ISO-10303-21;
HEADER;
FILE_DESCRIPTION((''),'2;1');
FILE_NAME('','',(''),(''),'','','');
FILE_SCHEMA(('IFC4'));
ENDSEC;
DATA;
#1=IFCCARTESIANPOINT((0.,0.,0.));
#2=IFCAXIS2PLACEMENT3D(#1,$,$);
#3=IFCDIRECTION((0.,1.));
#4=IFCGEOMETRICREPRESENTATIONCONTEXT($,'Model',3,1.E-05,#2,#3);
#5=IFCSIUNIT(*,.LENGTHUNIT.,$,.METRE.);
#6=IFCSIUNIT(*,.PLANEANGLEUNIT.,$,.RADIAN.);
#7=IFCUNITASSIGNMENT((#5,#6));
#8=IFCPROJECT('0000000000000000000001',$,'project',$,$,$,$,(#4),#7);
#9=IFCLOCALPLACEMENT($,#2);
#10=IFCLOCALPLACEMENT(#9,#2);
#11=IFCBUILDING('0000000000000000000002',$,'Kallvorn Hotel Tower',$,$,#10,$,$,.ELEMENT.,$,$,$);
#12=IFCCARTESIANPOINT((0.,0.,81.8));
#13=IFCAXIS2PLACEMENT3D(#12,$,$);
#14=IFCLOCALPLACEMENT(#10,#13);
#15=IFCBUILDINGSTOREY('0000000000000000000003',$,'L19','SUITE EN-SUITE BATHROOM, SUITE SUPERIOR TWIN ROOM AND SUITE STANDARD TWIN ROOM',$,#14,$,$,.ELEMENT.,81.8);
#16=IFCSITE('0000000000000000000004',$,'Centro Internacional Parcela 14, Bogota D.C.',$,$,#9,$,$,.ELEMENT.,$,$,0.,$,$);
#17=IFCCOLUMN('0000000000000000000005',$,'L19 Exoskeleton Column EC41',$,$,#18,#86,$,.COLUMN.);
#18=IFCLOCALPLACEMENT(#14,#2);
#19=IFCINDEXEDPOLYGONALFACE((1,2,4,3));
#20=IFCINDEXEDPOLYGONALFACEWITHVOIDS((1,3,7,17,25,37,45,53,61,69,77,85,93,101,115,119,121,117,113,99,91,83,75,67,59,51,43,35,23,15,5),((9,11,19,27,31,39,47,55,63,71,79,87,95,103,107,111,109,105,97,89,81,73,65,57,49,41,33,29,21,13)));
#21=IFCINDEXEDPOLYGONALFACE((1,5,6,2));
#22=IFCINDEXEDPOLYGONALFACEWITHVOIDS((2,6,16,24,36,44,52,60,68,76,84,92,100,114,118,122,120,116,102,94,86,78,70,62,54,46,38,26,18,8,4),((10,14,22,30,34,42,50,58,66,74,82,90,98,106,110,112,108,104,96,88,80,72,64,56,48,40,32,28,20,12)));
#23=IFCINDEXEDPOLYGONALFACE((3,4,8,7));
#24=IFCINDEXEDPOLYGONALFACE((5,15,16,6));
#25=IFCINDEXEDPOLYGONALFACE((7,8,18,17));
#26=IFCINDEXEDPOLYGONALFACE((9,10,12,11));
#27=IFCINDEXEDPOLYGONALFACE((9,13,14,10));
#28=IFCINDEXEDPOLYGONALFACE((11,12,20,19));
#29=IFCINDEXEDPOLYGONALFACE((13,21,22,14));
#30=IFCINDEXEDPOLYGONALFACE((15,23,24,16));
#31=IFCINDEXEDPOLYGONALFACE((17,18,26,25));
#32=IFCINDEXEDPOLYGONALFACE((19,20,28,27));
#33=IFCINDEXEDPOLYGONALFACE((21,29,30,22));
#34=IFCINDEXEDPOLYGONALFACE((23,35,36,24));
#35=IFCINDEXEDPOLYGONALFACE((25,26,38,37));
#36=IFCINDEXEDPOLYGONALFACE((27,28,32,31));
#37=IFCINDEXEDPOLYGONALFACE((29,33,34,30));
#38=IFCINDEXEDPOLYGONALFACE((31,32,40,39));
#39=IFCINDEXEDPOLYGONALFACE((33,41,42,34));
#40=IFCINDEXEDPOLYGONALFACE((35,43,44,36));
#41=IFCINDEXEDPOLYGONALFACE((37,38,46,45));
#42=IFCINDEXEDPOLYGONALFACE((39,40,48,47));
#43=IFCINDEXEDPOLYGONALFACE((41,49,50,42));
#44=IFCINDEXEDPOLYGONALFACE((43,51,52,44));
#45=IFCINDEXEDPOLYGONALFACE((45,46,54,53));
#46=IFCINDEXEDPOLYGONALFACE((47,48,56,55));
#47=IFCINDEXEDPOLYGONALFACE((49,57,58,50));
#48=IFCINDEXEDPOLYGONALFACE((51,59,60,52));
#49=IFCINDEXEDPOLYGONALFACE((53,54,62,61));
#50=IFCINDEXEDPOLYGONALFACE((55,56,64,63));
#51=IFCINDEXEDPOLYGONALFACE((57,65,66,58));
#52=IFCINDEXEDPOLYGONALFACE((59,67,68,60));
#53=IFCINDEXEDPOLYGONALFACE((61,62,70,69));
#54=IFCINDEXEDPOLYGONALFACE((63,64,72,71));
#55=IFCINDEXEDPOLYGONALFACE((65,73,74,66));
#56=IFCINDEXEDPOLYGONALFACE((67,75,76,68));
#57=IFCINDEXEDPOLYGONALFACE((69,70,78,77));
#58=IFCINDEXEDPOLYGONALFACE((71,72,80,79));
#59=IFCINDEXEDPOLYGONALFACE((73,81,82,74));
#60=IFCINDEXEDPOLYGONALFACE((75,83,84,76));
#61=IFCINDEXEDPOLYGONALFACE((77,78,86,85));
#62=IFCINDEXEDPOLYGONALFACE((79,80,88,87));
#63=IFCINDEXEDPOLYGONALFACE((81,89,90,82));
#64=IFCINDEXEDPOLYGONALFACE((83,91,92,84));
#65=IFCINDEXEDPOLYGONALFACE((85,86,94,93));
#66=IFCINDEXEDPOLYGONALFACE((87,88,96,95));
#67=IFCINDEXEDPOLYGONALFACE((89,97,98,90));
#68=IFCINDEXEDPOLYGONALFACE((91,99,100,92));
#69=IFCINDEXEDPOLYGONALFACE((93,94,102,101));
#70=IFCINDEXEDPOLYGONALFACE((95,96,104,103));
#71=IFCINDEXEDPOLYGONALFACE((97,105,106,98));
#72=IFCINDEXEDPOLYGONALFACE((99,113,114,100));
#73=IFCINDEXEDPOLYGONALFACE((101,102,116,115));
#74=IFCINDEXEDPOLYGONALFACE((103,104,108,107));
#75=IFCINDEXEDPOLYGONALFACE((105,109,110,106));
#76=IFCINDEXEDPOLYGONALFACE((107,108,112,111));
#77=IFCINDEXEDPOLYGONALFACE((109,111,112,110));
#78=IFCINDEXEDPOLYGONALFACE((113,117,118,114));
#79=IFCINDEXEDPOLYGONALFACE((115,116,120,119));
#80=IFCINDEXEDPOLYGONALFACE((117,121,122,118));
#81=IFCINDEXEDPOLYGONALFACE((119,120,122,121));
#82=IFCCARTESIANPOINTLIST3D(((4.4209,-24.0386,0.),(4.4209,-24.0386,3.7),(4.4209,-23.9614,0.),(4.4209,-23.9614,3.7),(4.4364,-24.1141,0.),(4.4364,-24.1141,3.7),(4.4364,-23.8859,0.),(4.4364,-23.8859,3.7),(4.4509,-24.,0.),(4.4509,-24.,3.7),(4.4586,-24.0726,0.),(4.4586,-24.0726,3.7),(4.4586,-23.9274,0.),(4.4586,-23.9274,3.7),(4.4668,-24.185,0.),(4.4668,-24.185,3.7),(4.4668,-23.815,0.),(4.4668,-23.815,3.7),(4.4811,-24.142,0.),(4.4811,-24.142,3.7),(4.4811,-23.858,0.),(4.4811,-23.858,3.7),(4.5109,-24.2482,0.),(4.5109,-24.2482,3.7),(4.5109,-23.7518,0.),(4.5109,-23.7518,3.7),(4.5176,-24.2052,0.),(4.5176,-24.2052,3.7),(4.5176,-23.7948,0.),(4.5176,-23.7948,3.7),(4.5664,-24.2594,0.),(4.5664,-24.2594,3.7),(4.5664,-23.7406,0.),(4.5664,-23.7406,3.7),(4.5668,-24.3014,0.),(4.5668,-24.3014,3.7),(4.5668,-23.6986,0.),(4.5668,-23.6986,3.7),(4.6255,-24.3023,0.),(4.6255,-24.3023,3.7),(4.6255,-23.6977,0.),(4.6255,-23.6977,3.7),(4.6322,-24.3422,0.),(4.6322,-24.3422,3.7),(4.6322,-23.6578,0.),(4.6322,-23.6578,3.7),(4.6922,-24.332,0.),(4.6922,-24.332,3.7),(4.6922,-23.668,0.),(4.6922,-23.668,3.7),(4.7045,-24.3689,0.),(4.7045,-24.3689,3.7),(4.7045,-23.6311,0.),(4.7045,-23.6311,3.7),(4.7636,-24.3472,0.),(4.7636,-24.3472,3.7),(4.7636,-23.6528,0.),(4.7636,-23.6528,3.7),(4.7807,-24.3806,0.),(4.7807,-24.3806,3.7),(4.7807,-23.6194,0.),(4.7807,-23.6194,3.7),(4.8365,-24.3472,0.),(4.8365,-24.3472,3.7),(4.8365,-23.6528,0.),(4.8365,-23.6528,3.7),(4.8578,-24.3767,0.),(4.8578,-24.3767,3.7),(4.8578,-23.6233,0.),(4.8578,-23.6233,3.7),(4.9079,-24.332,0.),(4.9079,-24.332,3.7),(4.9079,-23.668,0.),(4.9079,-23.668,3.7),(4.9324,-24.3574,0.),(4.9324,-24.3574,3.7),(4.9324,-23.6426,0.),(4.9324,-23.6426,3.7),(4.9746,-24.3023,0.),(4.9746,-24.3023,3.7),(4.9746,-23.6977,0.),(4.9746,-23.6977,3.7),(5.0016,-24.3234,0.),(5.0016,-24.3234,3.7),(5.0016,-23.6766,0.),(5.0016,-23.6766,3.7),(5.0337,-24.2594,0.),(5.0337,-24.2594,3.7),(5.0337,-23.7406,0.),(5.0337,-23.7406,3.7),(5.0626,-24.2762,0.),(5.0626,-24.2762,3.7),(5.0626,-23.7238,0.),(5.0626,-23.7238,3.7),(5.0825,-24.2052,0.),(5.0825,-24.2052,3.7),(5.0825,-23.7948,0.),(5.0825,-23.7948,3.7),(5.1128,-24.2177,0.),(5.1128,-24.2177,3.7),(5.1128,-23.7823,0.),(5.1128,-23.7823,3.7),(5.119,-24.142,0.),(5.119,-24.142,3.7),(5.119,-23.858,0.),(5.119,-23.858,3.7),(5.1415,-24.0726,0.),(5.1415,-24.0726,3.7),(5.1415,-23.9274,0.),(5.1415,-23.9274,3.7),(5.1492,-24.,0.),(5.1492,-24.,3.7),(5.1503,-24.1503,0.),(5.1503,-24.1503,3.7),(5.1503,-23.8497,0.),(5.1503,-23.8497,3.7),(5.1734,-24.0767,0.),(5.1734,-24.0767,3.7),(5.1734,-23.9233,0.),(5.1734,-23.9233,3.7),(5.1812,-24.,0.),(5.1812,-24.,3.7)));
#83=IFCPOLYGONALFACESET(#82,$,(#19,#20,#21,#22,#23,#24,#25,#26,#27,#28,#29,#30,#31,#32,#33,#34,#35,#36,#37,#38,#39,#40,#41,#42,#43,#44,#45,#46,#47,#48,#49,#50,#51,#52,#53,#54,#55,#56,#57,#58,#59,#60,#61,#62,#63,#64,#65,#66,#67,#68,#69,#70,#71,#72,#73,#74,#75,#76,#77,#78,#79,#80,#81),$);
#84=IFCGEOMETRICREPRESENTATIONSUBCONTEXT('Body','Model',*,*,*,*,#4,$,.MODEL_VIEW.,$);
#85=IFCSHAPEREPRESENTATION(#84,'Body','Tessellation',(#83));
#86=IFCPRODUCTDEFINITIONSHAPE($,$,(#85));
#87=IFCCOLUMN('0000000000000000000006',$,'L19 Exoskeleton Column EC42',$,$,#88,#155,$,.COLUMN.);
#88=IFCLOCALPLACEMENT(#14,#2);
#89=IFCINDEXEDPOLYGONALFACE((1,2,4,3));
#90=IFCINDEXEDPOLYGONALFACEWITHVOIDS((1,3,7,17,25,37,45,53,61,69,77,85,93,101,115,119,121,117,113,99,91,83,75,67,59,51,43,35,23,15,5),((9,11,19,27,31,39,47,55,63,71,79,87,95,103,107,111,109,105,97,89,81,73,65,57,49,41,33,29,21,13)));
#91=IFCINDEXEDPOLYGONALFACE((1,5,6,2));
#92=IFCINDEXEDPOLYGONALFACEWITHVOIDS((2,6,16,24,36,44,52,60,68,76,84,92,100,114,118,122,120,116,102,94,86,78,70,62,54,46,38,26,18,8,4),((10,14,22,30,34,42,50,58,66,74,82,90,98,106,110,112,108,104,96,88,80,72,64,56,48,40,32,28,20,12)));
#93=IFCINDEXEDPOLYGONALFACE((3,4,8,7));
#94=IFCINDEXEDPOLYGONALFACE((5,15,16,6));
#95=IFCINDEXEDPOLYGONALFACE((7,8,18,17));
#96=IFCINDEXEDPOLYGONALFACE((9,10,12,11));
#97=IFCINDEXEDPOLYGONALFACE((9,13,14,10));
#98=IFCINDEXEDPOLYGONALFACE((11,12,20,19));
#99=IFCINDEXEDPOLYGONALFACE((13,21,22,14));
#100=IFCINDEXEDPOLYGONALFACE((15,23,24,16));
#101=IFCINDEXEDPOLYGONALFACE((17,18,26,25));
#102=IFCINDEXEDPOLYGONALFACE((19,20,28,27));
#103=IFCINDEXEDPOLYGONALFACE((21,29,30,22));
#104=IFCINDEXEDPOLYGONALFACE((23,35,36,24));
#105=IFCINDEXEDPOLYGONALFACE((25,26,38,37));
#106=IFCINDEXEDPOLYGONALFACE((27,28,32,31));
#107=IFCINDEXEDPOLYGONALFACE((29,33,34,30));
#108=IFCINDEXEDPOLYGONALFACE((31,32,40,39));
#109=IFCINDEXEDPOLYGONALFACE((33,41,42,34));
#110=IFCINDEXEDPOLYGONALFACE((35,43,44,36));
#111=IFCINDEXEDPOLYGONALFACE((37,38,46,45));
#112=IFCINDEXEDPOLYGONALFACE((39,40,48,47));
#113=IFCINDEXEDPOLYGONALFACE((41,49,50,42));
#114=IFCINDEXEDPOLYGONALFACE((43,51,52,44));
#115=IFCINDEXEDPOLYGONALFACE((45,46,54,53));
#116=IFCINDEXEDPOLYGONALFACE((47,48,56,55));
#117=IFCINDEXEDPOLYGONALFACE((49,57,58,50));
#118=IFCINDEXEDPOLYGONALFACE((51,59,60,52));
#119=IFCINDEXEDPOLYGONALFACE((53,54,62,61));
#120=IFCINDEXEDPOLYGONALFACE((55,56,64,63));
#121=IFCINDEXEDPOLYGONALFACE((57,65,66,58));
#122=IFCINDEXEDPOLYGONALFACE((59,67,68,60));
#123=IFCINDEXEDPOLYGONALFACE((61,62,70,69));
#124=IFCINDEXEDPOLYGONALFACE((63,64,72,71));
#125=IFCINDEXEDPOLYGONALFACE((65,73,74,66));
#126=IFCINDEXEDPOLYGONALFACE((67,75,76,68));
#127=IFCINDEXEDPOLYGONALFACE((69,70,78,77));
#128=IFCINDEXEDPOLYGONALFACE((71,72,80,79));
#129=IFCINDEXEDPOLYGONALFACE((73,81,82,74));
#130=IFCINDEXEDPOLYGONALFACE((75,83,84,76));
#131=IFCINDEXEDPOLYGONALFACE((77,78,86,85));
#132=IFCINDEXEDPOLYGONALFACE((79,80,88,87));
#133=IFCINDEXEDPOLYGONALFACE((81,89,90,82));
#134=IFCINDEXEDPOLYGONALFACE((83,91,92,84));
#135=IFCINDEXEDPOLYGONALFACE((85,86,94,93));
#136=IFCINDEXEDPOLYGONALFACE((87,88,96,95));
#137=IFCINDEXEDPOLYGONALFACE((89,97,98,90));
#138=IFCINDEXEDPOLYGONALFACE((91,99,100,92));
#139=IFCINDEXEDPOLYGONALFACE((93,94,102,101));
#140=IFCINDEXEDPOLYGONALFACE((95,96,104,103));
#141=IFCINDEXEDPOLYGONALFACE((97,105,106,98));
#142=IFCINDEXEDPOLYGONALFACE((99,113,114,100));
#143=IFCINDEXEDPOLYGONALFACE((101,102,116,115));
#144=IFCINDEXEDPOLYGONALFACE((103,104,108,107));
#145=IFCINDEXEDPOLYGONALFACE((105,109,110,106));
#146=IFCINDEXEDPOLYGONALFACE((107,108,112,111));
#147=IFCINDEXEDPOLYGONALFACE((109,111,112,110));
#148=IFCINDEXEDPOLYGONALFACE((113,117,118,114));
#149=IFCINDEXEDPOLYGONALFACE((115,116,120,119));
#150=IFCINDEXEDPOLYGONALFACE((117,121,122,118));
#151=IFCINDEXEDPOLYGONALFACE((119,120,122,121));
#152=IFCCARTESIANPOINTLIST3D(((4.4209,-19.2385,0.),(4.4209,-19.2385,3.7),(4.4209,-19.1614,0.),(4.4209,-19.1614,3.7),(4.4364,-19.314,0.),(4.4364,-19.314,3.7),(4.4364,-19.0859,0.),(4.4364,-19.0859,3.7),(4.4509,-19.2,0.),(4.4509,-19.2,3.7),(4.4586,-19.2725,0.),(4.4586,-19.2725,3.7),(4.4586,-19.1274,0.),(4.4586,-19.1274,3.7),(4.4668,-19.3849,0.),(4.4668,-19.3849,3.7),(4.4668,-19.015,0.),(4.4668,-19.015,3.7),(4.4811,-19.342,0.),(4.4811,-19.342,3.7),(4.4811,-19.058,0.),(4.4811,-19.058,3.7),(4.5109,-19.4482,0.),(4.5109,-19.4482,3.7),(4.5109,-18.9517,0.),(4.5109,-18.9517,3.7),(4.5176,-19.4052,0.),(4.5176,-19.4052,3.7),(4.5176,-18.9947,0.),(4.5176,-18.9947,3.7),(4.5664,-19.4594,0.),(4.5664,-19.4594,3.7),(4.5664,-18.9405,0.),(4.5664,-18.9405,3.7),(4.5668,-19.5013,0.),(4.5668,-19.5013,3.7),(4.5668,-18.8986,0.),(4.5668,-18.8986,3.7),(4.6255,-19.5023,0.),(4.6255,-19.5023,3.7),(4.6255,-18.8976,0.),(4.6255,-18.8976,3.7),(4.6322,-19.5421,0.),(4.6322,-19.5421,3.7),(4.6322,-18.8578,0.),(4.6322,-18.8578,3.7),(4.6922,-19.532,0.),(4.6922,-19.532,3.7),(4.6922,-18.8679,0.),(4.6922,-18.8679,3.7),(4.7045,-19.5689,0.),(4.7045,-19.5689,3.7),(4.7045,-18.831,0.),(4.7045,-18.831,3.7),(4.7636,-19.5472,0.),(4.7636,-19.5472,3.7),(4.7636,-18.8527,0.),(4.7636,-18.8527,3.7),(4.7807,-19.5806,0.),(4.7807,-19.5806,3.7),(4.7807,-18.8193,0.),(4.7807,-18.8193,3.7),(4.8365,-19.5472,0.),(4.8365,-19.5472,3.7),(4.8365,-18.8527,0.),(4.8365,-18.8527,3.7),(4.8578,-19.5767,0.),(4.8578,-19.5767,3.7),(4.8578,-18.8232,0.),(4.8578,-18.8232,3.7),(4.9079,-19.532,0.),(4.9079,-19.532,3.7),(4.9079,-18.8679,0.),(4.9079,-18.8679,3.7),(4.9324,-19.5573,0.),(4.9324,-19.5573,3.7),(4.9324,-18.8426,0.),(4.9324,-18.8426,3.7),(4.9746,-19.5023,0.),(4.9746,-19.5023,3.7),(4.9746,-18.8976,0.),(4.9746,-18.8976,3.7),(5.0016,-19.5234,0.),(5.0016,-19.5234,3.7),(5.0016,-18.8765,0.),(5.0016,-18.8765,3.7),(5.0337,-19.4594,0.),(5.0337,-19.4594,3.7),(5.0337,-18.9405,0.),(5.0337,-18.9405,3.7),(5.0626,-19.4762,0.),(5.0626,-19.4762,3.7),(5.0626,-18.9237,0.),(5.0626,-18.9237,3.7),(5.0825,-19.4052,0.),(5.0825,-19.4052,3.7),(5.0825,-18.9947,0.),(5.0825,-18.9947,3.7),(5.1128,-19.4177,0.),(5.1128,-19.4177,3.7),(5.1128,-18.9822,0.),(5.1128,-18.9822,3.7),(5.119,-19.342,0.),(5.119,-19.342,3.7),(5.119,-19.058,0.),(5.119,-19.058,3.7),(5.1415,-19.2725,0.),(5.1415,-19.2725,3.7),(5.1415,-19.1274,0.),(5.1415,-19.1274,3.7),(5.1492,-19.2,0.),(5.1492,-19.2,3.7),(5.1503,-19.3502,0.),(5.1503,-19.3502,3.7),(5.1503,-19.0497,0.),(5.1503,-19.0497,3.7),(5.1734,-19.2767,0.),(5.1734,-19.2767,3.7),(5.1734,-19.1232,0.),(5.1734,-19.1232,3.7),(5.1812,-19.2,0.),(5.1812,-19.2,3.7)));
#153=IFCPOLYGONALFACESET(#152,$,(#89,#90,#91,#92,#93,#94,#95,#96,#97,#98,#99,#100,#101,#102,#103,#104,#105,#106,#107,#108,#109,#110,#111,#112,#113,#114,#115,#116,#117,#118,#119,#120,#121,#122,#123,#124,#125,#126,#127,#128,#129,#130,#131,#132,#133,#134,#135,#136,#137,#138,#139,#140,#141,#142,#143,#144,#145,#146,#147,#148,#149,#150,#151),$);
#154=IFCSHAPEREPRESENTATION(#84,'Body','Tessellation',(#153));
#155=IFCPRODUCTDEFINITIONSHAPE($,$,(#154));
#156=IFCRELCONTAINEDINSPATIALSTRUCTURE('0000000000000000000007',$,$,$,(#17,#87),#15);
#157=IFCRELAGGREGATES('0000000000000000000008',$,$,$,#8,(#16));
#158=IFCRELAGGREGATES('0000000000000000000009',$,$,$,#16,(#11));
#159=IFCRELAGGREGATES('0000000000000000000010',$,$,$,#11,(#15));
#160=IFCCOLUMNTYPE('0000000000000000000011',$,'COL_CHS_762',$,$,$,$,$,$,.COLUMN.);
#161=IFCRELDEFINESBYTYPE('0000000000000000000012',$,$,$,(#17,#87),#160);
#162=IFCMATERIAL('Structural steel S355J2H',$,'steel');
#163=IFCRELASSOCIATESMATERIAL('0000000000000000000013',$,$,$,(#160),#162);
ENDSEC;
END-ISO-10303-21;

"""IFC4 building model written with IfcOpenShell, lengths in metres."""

from ifc_helpers import new_model, si_unit, direction, frame, origin, origin_2d, place, context, subcontext, project, spatial, hollow_circle, extrude, material, material_profile, profile_set, type_object, element, save


model = new_model("IFC4")

# Units and contexts
model_context = context("Model", 3, precision=1e-05, world=origin(), true_north=direction((0.0, 1.0)))
body_context = subcontext(model_context, "Body", "Model", "MODEL_VIEW")
ifc_project = project(units=[si_unit("LENGTHUNIT", "METRE"), si_unit("PLANEANGLEUNIT", "RADIAN")], contexts=[model_context])

# Site, building, storey
site_placement = place(None, origin())
site = spatial("IfcSite", under=ifc_project, at=site_placement, Name="Centro Internacional Parcela 14, Bogota D.C.", CompositionType="ELEMENT", RefElevation=0.0)
building_placement = place(site_placement, origin())
building = spatial("IfcBuilding", under=site, at=building_placement, Name="Kallvorn Hotel Tower", CompositionType="ELEMENT")
storey_placement = place(building_placement, frame((0.0, 0.0, 81.8)))
storey = spatial("IfcBuildingStorey", under=building, at=storey_placement, Name="L19", Description="SUITE EN-SUITE BATHROOM, SUITE SUPERIOR TWIN ROOM AND SUITE STANDARD TWIN ROOM", CompositionType="ELEMENT", Elevation=81.8)

# Columns
ifc_material_1 = material(Name="Structural steel S355J2H", Category="steel")
ifc_material_profile_1 = material_profile(ifc_material_1, hollow_circle(Radius=0.3811, WallThickness=0.032, at=origin_2d()), Name="CHS 762x32")
ifc_profile_set_1 = profile_set([ifc_material_profile_1], Name="Structural steel S355J2H")
column_type_1 = type_object("IfcColumnType", Name="COL_CHS_762", PredefinedType="COLUMN", material=ifc_profile_set_1)
for number, where, z_axis, x_axis, name in (
    (1, (4.8, -24.0, 0.0), (0.0, 0.0, 1.0), (1.0, 0.0, 0.0), "L19 Exoskeleton Column EC41"),
    (2, (4.8, -19.2, 0.0), (0.0, 0.0, 1.0), (1.0, 0.0, 0.0), "L19 Exoskeleton Column EC42"),
):
    element("IfcColumn", number, at=place(storey_placement, frame(where, z_axis=z_axis, x_axis=x_axis)), inside=storey, type_object=column_type_1, Name=name, PredefinedType="COLUMN", context=body_context, shape_type="SweptSolid", body=[
        extrude(hollow_circle(Radius=0.3811, WallThickness=0.032, at=origin_2d()), origin(), (0.0, 0.0, 1.0), 3.7),
    ])

save(model, "model.ifc")
